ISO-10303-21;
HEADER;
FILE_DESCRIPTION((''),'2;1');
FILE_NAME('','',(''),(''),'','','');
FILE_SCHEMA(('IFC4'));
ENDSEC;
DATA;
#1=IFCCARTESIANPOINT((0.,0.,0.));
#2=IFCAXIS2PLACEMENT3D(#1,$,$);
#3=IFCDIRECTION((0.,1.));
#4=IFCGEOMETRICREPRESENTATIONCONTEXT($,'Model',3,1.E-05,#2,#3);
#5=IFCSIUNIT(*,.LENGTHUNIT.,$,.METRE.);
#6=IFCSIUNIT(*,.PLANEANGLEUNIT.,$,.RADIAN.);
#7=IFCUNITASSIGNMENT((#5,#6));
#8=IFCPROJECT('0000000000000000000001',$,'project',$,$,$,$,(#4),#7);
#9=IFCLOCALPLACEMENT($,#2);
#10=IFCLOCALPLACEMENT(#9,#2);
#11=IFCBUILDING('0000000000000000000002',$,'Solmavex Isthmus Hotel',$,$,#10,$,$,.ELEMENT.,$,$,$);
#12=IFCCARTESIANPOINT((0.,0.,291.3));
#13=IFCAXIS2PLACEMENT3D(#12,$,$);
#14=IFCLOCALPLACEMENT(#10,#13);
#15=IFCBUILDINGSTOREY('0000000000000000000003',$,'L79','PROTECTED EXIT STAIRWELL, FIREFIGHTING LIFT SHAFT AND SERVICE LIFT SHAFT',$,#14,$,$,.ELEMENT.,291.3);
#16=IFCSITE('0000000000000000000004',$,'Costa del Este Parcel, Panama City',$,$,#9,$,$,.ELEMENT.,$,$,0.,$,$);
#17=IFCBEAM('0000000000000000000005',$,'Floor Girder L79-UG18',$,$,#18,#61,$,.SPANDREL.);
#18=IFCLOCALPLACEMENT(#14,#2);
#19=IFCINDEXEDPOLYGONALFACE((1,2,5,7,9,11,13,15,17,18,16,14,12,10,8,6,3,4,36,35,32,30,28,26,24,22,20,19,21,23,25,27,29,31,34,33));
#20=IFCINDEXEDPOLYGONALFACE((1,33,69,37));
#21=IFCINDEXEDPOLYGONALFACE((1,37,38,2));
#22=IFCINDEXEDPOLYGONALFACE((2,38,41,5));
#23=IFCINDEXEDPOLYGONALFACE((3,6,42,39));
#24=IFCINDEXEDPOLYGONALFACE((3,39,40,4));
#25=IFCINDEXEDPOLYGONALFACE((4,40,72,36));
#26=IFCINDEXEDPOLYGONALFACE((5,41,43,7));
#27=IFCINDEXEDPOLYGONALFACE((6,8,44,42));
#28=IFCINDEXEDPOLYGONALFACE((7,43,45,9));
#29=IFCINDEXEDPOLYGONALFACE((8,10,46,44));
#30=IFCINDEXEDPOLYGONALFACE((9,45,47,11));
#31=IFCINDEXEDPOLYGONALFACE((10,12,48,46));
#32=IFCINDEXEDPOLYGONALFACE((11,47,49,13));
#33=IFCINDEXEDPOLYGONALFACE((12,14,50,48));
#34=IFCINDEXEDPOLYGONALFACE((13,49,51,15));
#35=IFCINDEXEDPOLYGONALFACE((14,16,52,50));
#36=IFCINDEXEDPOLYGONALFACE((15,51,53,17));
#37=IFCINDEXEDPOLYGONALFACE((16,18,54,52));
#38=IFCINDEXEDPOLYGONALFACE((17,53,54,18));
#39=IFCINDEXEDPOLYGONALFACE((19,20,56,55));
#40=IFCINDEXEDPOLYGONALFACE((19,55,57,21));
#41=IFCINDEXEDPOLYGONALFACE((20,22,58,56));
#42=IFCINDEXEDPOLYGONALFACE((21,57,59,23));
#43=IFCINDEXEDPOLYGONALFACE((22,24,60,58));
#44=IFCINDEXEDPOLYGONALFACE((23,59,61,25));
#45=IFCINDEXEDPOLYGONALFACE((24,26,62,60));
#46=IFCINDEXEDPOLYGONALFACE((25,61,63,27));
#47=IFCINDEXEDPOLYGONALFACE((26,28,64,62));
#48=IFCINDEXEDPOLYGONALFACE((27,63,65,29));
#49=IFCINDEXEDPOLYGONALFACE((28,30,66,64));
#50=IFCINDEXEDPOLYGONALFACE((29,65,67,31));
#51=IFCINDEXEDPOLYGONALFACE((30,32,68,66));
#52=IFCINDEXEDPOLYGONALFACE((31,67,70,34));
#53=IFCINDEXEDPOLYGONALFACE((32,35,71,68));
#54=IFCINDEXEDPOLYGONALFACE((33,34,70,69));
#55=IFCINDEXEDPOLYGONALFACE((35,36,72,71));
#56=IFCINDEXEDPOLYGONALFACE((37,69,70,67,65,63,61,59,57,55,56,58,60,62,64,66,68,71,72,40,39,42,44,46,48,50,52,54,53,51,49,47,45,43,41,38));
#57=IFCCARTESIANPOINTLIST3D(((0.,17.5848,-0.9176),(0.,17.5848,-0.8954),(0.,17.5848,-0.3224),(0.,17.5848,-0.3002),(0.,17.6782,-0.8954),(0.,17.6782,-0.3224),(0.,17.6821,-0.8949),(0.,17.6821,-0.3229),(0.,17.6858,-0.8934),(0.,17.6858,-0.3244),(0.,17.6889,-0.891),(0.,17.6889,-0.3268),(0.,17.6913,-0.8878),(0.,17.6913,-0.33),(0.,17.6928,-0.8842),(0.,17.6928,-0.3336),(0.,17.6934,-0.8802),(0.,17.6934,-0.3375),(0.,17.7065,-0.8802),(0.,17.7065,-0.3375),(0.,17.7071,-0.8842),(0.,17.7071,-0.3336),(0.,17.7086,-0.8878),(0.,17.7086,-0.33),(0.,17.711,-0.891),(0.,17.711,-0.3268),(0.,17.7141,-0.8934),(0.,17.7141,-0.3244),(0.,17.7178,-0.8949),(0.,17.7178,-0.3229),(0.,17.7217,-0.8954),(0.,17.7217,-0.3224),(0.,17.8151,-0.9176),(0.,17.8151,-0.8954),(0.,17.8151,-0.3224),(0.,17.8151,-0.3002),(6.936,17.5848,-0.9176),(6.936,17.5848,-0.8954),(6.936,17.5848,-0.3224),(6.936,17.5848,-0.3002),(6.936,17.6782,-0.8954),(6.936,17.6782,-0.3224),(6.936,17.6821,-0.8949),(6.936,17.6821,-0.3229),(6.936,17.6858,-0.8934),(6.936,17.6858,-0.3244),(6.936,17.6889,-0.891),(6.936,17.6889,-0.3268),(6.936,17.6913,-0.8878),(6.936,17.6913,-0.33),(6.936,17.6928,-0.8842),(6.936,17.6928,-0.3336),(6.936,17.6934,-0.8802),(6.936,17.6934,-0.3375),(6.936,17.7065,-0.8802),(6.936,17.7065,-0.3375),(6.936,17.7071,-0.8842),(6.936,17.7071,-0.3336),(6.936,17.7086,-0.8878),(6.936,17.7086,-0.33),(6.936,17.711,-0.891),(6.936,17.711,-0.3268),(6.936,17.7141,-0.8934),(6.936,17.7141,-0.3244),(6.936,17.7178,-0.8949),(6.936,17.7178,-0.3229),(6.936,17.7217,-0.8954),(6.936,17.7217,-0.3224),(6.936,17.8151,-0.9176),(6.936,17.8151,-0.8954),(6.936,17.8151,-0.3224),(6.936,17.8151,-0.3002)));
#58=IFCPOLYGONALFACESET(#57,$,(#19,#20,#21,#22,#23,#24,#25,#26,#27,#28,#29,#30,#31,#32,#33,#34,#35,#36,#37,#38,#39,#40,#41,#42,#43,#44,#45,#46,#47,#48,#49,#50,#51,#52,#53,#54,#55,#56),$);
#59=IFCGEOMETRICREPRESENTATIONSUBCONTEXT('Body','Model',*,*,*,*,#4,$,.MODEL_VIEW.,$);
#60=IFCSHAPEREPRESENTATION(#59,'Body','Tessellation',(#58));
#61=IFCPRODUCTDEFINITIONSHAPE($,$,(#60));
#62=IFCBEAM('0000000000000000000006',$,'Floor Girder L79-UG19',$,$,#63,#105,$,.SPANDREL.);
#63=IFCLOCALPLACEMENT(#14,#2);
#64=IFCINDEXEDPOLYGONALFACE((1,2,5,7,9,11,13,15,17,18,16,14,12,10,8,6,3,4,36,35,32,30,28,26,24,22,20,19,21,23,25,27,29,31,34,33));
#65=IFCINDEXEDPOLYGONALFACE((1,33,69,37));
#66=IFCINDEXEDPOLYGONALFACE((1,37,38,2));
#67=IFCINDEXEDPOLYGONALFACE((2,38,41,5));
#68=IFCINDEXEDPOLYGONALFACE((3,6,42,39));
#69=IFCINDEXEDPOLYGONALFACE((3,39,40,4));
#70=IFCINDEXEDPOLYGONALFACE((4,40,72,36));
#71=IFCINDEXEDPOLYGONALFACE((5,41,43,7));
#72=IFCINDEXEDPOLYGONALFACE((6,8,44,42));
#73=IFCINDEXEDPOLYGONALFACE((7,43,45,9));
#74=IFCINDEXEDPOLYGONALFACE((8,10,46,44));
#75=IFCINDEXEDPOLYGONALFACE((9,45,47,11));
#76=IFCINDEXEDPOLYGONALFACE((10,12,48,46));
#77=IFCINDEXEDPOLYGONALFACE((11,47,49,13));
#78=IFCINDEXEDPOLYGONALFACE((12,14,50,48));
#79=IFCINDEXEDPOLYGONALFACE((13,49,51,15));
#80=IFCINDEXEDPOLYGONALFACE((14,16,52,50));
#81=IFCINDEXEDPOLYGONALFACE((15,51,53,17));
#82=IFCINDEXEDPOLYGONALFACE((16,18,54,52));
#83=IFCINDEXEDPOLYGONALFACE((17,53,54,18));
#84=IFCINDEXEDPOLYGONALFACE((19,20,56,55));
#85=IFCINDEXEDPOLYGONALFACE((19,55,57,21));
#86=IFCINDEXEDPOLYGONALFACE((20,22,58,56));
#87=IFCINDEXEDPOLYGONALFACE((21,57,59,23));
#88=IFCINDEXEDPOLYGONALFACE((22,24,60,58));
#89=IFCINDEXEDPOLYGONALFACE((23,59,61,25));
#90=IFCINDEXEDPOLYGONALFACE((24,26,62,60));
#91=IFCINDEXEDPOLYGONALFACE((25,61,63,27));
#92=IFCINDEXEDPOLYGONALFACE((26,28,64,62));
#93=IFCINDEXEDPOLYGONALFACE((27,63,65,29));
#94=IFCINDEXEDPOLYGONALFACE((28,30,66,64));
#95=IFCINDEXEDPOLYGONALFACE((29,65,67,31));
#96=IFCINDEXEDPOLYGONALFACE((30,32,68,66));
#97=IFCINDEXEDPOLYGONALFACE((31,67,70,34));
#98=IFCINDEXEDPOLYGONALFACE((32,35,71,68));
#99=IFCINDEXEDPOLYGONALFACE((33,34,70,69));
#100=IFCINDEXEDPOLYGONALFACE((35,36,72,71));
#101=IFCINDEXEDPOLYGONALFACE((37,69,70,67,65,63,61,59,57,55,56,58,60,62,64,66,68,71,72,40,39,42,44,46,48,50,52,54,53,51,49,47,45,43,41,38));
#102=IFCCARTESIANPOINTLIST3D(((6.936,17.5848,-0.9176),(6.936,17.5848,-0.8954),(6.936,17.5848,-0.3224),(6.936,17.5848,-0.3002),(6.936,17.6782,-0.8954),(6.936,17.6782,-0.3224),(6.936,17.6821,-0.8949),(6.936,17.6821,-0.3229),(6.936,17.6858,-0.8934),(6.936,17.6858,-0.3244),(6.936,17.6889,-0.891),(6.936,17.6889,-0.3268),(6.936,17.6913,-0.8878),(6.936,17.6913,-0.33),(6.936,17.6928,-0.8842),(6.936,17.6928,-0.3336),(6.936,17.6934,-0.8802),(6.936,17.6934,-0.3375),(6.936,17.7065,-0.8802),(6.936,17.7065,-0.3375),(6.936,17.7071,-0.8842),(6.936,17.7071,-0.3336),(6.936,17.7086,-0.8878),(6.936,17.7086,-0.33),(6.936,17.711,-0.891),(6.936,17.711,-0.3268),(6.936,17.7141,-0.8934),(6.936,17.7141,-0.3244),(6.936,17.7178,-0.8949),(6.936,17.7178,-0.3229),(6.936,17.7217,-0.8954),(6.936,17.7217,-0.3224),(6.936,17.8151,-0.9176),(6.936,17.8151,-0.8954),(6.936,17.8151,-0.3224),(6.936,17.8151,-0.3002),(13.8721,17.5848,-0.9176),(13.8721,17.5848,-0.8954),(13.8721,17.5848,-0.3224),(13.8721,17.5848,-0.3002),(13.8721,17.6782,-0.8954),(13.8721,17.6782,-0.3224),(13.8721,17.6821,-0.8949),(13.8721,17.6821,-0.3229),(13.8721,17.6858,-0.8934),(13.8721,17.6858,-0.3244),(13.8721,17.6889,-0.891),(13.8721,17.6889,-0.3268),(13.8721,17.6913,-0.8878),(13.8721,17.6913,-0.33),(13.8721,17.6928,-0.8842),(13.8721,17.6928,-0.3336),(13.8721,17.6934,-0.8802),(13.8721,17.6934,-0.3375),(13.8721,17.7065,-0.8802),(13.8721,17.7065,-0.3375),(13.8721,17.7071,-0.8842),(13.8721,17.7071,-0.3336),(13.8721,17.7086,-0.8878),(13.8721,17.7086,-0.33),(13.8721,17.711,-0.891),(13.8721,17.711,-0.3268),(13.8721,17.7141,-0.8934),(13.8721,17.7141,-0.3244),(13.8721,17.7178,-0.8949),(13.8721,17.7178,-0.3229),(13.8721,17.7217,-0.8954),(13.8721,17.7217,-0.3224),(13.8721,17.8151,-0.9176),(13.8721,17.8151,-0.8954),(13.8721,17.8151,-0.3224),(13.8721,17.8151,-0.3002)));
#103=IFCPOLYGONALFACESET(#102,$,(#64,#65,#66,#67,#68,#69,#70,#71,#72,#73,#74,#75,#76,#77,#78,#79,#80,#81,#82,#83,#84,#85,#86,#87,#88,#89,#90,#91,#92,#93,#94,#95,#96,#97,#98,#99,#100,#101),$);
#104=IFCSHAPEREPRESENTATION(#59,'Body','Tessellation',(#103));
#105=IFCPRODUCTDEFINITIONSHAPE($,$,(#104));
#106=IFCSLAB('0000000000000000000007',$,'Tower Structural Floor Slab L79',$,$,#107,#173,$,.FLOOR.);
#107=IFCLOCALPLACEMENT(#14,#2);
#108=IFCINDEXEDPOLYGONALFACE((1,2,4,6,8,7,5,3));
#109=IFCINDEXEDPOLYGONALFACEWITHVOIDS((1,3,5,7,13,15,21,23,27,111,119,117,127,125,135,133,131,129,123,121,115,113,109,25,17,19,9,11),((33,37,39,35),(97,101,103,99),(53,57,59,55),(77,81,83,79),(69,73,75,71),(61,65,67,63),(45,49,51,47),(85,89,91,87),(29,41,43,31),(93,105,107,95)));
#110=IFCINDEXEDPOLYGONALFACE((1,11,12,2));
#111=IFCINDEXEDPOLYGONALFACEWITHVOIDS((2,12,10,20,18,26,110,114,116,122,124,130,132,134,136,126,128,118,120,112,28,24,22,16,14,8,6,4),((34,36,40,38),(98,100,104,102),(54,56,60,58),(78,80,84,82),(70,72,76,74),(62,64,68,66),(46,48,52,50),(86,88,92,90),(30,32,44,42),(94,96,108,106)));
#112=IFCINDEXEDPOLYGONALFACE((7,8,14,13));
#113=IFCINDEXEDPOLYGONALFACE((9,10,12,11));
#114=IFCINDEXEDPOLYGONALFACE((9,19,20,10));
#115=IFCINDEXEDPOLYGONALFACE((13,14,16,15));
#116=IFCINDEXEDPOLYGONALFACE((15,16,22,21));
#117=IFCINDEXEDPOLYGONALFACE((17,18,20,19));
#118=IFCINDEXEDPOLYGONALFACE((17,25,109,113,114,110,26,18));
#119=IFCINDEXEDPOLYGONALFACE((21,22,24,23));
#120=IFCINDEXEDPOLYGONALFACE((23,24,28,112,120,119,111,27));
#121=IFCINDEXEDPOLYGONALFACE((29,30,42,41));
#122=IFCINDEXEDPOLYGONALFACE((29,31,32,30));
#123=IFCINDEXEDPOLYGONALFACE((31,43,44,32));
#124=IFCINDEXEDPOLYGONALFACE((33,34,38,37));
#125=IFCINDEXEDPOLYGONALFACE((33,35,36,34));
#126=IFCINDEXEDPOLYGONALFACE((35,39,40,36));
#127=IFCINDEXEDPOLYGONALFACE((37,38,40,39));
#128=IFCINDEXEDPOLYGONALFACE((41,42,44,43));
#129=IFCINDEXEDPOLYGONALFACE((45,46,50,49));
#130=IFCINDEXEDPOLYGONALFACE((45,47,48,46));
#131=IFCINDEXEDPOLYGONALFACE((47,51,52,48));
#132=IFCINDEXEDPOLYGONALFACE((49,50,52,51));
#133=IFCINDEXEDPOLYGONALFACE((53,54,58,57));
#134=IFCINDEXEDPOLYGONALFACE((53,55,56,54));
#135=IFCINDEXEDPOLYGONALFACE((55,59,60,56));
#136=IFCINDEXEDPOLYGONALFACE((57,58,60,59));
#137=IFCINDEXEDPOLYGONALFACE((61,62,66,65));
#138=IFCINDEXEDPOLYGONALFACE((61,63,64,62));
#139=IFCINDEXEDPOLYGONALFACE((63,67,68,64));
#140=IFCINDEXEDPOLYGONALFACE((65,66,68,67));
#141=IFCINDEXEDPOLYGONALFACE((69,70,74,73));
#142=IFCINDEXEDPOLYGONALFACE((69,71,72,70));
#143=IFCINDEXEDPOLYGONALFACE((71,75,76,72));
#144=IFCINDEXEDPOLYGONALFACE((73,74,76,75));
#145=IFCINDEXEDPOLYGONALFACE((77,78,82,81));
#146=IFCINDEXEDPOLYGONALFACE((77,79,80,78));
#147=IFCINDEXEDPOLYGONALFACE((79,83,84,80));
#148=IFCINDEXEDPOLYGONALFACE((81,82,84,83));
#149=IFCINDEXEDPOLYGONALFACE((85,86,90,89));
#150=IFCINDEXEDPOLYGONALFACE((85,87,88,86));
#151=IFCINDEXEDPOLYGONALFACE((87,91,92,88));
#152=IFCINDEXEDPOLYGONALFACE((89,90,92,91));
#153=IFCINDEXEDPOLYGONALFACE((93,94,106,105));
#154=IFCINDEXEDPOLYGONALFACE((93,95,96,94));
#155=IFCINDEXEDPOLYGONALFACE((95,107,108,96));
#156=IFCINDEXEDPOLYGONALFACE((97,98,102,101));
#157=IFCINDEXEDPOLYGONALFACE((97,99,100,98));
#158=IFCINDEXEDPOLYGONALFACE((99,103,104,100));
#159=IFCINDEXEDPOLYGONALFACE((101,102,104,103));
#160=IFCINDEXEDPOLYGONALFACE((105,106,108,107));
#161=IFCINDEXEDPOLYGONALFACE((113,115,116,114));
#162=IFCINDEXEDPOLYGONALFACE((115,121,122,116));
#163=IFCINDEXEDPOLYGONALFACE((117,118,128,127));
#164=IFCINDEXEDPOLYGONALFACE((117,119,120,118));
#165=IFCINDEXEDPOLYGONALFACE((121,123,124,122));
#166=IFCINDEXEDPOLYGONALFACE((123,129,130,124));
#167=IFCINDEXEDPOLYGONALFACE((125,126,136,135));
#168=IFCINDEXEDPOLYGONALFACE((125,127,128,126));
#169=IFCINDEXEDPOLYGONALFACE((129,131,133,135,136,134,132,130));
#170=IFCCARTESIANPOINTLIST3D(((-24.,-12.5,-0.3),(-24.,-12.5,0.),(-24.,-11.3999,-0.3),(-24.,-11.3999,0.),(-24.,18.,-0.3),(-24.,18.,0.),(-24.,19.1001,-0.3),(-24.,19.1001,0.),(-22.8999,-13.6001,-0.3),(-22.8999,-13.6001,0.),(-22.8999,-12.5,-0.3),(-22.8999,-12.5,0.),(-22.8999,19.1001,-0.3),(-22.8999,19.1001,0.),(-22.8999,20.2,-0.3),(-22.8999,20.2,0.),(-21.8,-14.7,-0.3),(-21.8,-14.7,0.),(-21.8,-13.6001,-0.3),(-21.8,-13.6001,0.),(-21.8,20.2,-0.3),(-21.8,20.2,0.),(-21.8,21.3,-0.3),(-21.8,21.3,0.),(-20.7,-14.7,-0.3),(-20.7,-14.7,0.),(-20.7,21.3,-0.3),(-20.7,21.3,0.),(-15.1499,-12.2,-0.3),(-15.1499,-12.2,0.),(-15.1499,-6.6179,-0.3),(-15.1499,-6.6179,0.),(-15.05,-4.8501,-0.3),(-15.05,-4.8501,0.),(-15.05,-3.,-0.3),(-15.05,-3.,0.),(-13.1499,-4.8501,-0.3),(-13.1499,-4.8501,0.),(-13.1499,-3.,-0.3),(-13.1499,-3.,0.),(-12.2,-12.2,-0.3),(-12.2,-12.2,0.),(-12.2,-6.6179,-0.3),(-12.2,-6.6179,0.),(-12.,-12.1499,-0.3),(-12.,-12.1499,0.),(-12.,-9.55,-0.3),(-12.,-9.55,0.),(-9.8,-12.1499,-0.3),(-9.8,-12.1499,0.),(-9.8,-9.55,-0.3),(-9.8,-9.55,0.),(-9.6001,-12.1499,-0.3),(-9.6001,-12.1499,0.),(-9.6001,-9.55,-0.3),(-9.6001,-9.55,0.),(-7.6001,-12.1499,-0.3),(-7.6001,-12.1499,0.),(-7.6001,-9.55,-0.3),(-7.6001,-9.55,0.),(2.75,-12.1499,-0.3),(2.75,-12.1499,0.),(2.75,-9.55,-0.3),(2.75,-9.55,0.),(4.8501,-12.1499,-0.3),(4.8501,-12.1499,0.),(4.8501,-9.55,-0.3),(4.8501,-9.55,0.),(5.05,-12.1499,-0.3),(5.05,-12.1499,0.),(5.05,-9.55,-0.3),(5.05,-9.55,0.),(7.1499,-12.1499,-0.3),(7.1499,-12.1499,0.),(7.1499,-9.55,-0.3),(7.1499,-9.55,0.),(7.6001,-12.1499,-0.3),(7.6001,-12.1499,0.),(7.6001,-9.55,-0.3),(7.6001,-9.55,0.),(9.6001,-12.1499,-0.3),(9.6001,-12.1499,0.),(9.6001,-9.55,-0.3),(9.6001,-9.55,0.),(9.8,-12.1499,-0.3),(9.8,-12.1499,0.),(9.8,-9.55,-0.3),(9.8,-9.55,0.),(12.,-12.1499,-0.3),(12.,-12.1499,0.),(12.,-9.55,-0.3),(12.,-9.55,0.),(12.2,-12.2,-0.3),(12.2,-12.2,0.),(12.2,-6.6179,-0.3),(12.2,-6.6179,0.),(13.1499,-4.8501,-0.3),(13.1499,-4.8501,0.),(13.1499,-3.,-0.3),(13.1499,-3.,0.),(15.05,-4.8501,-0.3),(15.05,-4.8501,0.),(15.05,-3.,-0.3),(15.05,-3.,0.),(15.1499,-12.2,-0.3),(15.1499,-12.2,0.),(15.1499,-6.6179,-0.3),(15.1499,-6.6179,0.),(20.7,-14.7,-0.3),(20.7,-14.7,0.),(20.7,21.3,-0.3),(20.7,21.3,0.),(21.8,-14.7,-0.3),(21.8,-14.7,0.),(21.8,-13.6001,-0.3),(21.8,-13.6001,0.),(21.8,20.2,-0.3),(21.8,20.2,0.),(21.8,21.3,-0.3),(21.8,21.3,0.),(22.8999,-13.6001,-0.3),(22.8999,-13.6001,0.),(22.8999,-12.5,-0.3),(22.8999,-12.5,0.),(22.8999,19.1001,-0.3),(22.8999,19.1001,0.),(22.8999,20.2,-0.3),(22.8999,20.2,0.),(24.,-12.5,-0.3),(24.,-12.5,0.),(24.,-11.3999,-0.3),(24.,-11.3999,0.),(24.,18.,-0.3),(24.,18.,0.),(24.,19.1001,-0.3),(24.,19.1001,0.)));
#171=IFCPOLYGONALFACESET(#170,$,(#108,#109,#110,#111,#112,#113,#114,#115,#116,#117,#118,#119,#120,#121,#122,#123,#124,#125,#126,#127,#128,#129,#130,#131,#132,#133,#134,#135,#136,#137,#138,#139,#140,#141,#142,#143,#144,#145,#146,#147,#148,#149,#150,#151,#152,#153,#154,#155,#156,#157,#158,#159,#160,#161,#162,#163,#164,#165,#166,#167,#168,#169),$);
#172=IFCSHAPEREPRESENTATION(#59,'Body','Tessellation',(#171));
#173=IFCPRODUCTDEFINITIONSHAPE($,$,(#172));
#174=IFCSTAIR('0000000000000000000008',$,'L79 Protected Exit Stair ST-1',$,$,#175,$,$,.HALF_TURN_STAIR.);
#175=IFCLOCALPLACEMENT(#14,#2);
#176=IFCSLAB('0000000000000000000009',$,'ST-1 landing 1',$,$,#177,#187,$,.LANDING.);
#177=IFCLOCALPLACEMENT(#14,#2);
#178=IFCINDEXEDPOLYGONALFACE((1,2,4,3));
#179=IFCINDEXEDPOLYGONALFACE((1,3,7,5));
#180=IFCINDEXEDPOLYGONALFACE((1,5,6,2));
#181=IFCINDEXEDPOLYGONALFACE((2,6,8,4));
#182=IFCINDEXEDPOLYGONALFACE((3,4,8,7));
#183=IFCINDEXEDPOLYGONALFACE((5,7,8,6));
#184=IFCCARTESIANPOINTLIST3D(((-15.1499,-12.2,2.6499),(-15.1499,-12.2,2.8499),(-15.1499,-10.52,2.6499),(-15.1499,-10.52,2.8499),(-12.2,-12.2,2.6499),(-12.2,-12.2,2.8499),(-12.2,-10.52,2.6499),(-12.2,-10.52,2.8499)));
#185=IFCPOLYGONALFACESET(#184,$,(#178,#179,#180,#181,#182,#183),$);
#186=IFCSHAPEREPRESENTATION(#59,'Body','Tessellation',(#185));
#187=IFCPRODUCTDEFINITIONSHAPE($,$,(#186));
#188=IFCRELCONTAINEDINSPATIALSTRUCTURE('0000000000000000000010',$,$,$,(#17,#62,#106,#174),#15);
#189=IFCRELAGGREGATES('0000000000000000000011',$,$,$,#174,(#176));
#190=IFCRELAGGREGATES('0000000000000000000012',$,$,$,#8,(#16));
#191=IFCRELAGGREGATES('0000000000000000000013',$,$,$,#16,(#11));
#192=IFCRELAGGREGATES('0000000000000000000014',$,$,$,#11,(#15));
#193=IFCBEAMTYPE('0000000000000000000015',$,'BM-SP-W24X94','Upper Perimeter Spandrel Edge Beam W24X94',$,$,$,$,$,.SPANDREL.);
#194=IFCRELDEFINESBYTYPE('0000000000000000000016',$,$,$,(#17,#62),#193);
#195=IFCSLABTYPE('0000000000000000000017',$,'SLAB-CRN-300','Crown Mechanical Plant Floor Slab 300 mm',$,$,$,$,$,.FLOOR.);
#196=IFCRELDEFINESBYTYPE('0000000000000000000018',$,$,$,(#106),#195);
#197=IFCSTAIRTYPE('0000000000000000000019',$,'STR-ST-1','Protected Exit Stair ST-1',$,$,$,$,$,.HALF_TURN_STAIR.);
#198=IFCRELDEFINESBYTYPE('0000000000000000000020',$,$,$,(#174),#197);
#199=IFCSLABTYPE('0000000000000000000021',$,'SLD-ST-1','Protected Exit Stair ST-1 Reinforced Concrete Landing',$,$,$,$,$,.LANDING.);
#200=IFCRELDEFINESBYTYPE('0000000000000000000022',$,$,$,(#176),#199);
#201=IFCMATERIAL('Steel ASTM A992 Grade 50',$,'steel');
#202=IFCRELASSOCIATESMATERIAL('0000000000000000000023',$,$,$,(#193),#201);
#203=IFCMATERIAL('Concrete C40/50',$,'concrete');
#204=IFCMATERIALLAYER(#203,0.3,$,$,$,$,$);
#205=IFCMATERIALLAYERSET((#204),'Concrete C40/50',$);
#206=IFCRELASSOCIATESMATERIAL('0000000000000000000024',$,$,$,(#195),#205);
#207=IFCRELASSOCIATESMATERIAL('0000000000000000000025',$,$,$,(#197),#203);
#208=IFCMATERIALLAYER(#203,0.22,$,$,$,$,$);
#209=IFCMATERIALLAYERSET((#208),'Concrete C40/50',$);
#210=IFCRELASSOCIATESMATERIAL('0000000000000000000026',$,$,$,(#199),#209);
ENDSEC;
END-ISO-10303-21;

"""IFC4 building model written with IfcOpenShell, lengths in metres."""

from ifc_helpers import new_model, si_unit, direction, frame, origin, origin_2d, place, context, subcontext, project, spatial, polyline, i_section, outline, extrude, material, layer, layer_set, material_profile, profile_set, type_object, element, aggregate, save


model = new_model("IFC4")

# Units and contexts
model_context = context("Model", 3, precision=1e-05, world=origin(), true_north=direction((0.0, 1.0)))
body_context = subcontext(model_context, "Body", "Model", "MODEL_VIEW")
ifc_project = project(units=[si_unit("LENGTHUNIT", "METRE"), si_unit("PLANEANGLEUNIT", "RADIAN")], contexts=[model_context])

# Site, building, storey
site_placement = place(None, origin())
site = spatial("IfcSite", under=ifc_project, at=site_placement, Name="Costa del Este Parcel, Panama City", CompositionType="ELEMENT", RefElevation=0.0)
building_placement = place(site_placement, origin())
building = spatial("IfcBuilding", under=site, at=building_placement, Name="Solmavex Isthmus Hotel", CompositionType="ELEMENT")
storey_placement = place(building_placement, frame((0.0, 0.0, 291.3)))
storey = spatial("IfcBuildingStorey", under=building, at=storey_placement, Name="L79", Description="PROTECTED EXIT STAIRWELL, FIREFIGHTING LIFT SHAFT AND SERVICE LIFT SHAFT", CompositionType="ELEMENT", Elevation=291.3)

# Beams
ifc_material_1 = material(Name="Steel ASTM A992 Grade 50", Category="steel")
ifc_material_profile_1 = material_profile(ifc_material_1, i_section(OverallWidth=0.2302, OverallDepth=0.6174, WebThickness=0.0132, FlangeThickness=0.0222, FilletRadius=0.0151, at=origin_2d()), Name="W24X94")
ifc_profile_set_1 = profile_set([ifc_material_profile_1], Name="Steel ASTM A992 Grade 50")
beam_type_1 = type_object("IfcBeamType", Name="BM-SP-W24X94", Description="Upper Perimeter Spandrel Edge Beam W24X94", PredefinedType="SPANDREL", material=ifc_profile_set_1)
for number, where, z_axis, x_axis, name in (
    (1, (0.0, 17.7, -0.6089), (1.0, 0.0, 0.0), (0.0, 1.0, 0.0), "Floor Girder L79-UG18"),
    (2, (6.936, 17.7, -0.6089), (1.0, 0.0, 0.0), (0.0, 1.0, 0.0), "Floor Girder L79-UG19"),
):
    element("IfcBeam", number, at=place(storey_placement, frame(where, z_axis=z_axis, x_axis=x_axis)), inside=storey, type_object=beam_type_1, Name=name, PredefinedType="SPANDREL", context=body_context, shape_type="SweptSolid", body=[
        extrude(i_section(OverallWidth=0.2302, OverallDepth=0.6174, WebThickness=0.0132, FlangeThickness=0.0222, FilletRadius=0.0151, at=origin_2d()), origin(), (0.0, 0.0, 1.0), 6.936),
    ])

# Slab
ifc_material_2 = material(Name="Concrete C40/50", Category="concrete")
ifc_layer_1 = layer(ifc_material_2, 0.3)
ifc_layer_set_1 = layer_set([ifc_layer_1], Name="Concrete C40/50")
slab_type_1 = type_object("IfcSlabType", Name="SLAB-CRN-300", Description="Crown Mechanical Plant Floor Slab 300 mm", PredefinedType="FLOOR", material=ifc_layer_set_1)
slab_1_placement = place(storey_placement, frame((0.0, 0.0, -0.3)))
element("IfcSlab", 3, at=slab_1_placement, inside=storey, type_object=slab_type_1, Name="Tower Structural Floor Slab L79", PredefinedType="FLOOR", context=body_context, shape_type="SweptSolid", body=[
    extrude(outline(polyline([(-20.7, -14.7), (20.7, -14.7), (21.8, -14.7), (21.8, -13.6001), (22.8999, -13.6001), (22.8999, -12.5), (24.0, -12.5), (24.0, -11.3999), (24.0, 18.0), (24.0, 19.1001), (22.8999, 19.1001), (22.8999, 20.2), (21.8, 20.2), (21.8, 21.3), (20.7, 21.3), (-20.7, 21.3), (-21.8, 21.3), (-21.8, 20.2), (-22.8999, 20.2), (-22.8999, 19.1001), (-24.0, 19.1001), (-24.0, 18.0), (-24.0, -11.3999), (-24.0, -12.5), (-22.8999, -12.5), (-22.8999, -13.6001), (-21.8, -13.6001), (-21.8, -14.7), (-20.7, -14.7)]), holes=[polyline([(-15.1499, -6.6179), (-15.1499, -12.2), (-12.2, -12.2), (-12.2, -6.6179), (-15.1499, -6.6179)]), polyline([(12.2, -6.6179), (12.2, -12.2), (15.1499, -12.2), (15.1499, -6.6179), (12.2, -6.6179)]), polyline([(-12.0, -12.1499), (-9.8, -12.1499), (-9.8, -9.55), (-12.0, -9.55), (-12.0, -12.1499)]), polyline([(9.8, -12.1499), (12.0, -12.1499), (12.0, -9.55), (9.8, -9.55), (9.8, -12.1499)]), polyline([(-9.6001, -12.1499), (-7.6001, -12.1499), (-7.6001, -9.55), (-9.6001, -9.55), (-9.6001, -12.1499)]), polyline([(7.6001, -12.1499), (9.6001, -12.1499), (9.6001, -9.55), (7.6001, -9.55), (7.6001, -12.1499)]), polyline([(2.75, -12.1499), (4.8501, -12.1499), (4.8501, -9.55), (2.75, -9.55), (2.75, -12.1499)]), polyline([(5.05, -12.1499), (7.1499, -12.1499), (7.1499, -9.55), (5.05, -9.55), (5.05, -12.1499)]), polyline([(-15.05, -4.8501), (-13.1499, -4.8501), (-13.1499, -3.0), (-15.05, -3.0), (-15.05, -4.8501)]), polyline([(13.1499, -4.8501), (15.05, -4.8501), (15.05, -3.0), (13.1499, -3.0), (13.1499, -4.8501)])]), origin(), (0.0, 0.0, 1.0), 0.3),
])

# Stair, slab
stair_type_1 = type_object("IfcStairType", Name="STR-ST-1", Description="Protected Exit Stair ST-1", PredefinedType="HALF_TURN_STAIR", material=ifc_material_2)
stair_1_placement = place(storey_placement, origin())
stair_1 = element("IfcStair", 4, at=stair_1_placement, inside=storey, type_object=stair_type_1, Name="L79 Protected Exit Stair ST-1", PredefinedType="HALF_TURN_STAIR")
ifc_layer_2 = layer(ifc_material_2, 0.22)
ifc_layer_set_2 = layer_set([ifc_layer_2], Name="Concrete C40/50")
slab_type_2 = type_object("IfcSlabType", Name="SLD-ST-1", Description="Protected Exit Stair ST-1 Reinforced Concrete Landing", PredefinedType="LANDING", material=ifc_layer_set_2)
slab_2_placement = place(storey_placement, frame((0.0, 0.0, 2.6499)))
slab_2 = element("IfcSlab", 5, at=slab_2_placement, type_object=slab_type_2, Name="ST-1 landing 1", PredefinedType="LANDING", context=body_context, shape_type="SweptSolid", body=[
    extrude(outline(polyline([(-15.1499, -10.52), (-15.1499, -12.2), (-12.2, -12.2), (-12.2, -10.52), (-15.1499, -10.52)])), origin(), (0.0, 0.0, 1.0), 0.2),
])
aggregate(stair_1, [slab_2])

save(model, "model.ifc")
